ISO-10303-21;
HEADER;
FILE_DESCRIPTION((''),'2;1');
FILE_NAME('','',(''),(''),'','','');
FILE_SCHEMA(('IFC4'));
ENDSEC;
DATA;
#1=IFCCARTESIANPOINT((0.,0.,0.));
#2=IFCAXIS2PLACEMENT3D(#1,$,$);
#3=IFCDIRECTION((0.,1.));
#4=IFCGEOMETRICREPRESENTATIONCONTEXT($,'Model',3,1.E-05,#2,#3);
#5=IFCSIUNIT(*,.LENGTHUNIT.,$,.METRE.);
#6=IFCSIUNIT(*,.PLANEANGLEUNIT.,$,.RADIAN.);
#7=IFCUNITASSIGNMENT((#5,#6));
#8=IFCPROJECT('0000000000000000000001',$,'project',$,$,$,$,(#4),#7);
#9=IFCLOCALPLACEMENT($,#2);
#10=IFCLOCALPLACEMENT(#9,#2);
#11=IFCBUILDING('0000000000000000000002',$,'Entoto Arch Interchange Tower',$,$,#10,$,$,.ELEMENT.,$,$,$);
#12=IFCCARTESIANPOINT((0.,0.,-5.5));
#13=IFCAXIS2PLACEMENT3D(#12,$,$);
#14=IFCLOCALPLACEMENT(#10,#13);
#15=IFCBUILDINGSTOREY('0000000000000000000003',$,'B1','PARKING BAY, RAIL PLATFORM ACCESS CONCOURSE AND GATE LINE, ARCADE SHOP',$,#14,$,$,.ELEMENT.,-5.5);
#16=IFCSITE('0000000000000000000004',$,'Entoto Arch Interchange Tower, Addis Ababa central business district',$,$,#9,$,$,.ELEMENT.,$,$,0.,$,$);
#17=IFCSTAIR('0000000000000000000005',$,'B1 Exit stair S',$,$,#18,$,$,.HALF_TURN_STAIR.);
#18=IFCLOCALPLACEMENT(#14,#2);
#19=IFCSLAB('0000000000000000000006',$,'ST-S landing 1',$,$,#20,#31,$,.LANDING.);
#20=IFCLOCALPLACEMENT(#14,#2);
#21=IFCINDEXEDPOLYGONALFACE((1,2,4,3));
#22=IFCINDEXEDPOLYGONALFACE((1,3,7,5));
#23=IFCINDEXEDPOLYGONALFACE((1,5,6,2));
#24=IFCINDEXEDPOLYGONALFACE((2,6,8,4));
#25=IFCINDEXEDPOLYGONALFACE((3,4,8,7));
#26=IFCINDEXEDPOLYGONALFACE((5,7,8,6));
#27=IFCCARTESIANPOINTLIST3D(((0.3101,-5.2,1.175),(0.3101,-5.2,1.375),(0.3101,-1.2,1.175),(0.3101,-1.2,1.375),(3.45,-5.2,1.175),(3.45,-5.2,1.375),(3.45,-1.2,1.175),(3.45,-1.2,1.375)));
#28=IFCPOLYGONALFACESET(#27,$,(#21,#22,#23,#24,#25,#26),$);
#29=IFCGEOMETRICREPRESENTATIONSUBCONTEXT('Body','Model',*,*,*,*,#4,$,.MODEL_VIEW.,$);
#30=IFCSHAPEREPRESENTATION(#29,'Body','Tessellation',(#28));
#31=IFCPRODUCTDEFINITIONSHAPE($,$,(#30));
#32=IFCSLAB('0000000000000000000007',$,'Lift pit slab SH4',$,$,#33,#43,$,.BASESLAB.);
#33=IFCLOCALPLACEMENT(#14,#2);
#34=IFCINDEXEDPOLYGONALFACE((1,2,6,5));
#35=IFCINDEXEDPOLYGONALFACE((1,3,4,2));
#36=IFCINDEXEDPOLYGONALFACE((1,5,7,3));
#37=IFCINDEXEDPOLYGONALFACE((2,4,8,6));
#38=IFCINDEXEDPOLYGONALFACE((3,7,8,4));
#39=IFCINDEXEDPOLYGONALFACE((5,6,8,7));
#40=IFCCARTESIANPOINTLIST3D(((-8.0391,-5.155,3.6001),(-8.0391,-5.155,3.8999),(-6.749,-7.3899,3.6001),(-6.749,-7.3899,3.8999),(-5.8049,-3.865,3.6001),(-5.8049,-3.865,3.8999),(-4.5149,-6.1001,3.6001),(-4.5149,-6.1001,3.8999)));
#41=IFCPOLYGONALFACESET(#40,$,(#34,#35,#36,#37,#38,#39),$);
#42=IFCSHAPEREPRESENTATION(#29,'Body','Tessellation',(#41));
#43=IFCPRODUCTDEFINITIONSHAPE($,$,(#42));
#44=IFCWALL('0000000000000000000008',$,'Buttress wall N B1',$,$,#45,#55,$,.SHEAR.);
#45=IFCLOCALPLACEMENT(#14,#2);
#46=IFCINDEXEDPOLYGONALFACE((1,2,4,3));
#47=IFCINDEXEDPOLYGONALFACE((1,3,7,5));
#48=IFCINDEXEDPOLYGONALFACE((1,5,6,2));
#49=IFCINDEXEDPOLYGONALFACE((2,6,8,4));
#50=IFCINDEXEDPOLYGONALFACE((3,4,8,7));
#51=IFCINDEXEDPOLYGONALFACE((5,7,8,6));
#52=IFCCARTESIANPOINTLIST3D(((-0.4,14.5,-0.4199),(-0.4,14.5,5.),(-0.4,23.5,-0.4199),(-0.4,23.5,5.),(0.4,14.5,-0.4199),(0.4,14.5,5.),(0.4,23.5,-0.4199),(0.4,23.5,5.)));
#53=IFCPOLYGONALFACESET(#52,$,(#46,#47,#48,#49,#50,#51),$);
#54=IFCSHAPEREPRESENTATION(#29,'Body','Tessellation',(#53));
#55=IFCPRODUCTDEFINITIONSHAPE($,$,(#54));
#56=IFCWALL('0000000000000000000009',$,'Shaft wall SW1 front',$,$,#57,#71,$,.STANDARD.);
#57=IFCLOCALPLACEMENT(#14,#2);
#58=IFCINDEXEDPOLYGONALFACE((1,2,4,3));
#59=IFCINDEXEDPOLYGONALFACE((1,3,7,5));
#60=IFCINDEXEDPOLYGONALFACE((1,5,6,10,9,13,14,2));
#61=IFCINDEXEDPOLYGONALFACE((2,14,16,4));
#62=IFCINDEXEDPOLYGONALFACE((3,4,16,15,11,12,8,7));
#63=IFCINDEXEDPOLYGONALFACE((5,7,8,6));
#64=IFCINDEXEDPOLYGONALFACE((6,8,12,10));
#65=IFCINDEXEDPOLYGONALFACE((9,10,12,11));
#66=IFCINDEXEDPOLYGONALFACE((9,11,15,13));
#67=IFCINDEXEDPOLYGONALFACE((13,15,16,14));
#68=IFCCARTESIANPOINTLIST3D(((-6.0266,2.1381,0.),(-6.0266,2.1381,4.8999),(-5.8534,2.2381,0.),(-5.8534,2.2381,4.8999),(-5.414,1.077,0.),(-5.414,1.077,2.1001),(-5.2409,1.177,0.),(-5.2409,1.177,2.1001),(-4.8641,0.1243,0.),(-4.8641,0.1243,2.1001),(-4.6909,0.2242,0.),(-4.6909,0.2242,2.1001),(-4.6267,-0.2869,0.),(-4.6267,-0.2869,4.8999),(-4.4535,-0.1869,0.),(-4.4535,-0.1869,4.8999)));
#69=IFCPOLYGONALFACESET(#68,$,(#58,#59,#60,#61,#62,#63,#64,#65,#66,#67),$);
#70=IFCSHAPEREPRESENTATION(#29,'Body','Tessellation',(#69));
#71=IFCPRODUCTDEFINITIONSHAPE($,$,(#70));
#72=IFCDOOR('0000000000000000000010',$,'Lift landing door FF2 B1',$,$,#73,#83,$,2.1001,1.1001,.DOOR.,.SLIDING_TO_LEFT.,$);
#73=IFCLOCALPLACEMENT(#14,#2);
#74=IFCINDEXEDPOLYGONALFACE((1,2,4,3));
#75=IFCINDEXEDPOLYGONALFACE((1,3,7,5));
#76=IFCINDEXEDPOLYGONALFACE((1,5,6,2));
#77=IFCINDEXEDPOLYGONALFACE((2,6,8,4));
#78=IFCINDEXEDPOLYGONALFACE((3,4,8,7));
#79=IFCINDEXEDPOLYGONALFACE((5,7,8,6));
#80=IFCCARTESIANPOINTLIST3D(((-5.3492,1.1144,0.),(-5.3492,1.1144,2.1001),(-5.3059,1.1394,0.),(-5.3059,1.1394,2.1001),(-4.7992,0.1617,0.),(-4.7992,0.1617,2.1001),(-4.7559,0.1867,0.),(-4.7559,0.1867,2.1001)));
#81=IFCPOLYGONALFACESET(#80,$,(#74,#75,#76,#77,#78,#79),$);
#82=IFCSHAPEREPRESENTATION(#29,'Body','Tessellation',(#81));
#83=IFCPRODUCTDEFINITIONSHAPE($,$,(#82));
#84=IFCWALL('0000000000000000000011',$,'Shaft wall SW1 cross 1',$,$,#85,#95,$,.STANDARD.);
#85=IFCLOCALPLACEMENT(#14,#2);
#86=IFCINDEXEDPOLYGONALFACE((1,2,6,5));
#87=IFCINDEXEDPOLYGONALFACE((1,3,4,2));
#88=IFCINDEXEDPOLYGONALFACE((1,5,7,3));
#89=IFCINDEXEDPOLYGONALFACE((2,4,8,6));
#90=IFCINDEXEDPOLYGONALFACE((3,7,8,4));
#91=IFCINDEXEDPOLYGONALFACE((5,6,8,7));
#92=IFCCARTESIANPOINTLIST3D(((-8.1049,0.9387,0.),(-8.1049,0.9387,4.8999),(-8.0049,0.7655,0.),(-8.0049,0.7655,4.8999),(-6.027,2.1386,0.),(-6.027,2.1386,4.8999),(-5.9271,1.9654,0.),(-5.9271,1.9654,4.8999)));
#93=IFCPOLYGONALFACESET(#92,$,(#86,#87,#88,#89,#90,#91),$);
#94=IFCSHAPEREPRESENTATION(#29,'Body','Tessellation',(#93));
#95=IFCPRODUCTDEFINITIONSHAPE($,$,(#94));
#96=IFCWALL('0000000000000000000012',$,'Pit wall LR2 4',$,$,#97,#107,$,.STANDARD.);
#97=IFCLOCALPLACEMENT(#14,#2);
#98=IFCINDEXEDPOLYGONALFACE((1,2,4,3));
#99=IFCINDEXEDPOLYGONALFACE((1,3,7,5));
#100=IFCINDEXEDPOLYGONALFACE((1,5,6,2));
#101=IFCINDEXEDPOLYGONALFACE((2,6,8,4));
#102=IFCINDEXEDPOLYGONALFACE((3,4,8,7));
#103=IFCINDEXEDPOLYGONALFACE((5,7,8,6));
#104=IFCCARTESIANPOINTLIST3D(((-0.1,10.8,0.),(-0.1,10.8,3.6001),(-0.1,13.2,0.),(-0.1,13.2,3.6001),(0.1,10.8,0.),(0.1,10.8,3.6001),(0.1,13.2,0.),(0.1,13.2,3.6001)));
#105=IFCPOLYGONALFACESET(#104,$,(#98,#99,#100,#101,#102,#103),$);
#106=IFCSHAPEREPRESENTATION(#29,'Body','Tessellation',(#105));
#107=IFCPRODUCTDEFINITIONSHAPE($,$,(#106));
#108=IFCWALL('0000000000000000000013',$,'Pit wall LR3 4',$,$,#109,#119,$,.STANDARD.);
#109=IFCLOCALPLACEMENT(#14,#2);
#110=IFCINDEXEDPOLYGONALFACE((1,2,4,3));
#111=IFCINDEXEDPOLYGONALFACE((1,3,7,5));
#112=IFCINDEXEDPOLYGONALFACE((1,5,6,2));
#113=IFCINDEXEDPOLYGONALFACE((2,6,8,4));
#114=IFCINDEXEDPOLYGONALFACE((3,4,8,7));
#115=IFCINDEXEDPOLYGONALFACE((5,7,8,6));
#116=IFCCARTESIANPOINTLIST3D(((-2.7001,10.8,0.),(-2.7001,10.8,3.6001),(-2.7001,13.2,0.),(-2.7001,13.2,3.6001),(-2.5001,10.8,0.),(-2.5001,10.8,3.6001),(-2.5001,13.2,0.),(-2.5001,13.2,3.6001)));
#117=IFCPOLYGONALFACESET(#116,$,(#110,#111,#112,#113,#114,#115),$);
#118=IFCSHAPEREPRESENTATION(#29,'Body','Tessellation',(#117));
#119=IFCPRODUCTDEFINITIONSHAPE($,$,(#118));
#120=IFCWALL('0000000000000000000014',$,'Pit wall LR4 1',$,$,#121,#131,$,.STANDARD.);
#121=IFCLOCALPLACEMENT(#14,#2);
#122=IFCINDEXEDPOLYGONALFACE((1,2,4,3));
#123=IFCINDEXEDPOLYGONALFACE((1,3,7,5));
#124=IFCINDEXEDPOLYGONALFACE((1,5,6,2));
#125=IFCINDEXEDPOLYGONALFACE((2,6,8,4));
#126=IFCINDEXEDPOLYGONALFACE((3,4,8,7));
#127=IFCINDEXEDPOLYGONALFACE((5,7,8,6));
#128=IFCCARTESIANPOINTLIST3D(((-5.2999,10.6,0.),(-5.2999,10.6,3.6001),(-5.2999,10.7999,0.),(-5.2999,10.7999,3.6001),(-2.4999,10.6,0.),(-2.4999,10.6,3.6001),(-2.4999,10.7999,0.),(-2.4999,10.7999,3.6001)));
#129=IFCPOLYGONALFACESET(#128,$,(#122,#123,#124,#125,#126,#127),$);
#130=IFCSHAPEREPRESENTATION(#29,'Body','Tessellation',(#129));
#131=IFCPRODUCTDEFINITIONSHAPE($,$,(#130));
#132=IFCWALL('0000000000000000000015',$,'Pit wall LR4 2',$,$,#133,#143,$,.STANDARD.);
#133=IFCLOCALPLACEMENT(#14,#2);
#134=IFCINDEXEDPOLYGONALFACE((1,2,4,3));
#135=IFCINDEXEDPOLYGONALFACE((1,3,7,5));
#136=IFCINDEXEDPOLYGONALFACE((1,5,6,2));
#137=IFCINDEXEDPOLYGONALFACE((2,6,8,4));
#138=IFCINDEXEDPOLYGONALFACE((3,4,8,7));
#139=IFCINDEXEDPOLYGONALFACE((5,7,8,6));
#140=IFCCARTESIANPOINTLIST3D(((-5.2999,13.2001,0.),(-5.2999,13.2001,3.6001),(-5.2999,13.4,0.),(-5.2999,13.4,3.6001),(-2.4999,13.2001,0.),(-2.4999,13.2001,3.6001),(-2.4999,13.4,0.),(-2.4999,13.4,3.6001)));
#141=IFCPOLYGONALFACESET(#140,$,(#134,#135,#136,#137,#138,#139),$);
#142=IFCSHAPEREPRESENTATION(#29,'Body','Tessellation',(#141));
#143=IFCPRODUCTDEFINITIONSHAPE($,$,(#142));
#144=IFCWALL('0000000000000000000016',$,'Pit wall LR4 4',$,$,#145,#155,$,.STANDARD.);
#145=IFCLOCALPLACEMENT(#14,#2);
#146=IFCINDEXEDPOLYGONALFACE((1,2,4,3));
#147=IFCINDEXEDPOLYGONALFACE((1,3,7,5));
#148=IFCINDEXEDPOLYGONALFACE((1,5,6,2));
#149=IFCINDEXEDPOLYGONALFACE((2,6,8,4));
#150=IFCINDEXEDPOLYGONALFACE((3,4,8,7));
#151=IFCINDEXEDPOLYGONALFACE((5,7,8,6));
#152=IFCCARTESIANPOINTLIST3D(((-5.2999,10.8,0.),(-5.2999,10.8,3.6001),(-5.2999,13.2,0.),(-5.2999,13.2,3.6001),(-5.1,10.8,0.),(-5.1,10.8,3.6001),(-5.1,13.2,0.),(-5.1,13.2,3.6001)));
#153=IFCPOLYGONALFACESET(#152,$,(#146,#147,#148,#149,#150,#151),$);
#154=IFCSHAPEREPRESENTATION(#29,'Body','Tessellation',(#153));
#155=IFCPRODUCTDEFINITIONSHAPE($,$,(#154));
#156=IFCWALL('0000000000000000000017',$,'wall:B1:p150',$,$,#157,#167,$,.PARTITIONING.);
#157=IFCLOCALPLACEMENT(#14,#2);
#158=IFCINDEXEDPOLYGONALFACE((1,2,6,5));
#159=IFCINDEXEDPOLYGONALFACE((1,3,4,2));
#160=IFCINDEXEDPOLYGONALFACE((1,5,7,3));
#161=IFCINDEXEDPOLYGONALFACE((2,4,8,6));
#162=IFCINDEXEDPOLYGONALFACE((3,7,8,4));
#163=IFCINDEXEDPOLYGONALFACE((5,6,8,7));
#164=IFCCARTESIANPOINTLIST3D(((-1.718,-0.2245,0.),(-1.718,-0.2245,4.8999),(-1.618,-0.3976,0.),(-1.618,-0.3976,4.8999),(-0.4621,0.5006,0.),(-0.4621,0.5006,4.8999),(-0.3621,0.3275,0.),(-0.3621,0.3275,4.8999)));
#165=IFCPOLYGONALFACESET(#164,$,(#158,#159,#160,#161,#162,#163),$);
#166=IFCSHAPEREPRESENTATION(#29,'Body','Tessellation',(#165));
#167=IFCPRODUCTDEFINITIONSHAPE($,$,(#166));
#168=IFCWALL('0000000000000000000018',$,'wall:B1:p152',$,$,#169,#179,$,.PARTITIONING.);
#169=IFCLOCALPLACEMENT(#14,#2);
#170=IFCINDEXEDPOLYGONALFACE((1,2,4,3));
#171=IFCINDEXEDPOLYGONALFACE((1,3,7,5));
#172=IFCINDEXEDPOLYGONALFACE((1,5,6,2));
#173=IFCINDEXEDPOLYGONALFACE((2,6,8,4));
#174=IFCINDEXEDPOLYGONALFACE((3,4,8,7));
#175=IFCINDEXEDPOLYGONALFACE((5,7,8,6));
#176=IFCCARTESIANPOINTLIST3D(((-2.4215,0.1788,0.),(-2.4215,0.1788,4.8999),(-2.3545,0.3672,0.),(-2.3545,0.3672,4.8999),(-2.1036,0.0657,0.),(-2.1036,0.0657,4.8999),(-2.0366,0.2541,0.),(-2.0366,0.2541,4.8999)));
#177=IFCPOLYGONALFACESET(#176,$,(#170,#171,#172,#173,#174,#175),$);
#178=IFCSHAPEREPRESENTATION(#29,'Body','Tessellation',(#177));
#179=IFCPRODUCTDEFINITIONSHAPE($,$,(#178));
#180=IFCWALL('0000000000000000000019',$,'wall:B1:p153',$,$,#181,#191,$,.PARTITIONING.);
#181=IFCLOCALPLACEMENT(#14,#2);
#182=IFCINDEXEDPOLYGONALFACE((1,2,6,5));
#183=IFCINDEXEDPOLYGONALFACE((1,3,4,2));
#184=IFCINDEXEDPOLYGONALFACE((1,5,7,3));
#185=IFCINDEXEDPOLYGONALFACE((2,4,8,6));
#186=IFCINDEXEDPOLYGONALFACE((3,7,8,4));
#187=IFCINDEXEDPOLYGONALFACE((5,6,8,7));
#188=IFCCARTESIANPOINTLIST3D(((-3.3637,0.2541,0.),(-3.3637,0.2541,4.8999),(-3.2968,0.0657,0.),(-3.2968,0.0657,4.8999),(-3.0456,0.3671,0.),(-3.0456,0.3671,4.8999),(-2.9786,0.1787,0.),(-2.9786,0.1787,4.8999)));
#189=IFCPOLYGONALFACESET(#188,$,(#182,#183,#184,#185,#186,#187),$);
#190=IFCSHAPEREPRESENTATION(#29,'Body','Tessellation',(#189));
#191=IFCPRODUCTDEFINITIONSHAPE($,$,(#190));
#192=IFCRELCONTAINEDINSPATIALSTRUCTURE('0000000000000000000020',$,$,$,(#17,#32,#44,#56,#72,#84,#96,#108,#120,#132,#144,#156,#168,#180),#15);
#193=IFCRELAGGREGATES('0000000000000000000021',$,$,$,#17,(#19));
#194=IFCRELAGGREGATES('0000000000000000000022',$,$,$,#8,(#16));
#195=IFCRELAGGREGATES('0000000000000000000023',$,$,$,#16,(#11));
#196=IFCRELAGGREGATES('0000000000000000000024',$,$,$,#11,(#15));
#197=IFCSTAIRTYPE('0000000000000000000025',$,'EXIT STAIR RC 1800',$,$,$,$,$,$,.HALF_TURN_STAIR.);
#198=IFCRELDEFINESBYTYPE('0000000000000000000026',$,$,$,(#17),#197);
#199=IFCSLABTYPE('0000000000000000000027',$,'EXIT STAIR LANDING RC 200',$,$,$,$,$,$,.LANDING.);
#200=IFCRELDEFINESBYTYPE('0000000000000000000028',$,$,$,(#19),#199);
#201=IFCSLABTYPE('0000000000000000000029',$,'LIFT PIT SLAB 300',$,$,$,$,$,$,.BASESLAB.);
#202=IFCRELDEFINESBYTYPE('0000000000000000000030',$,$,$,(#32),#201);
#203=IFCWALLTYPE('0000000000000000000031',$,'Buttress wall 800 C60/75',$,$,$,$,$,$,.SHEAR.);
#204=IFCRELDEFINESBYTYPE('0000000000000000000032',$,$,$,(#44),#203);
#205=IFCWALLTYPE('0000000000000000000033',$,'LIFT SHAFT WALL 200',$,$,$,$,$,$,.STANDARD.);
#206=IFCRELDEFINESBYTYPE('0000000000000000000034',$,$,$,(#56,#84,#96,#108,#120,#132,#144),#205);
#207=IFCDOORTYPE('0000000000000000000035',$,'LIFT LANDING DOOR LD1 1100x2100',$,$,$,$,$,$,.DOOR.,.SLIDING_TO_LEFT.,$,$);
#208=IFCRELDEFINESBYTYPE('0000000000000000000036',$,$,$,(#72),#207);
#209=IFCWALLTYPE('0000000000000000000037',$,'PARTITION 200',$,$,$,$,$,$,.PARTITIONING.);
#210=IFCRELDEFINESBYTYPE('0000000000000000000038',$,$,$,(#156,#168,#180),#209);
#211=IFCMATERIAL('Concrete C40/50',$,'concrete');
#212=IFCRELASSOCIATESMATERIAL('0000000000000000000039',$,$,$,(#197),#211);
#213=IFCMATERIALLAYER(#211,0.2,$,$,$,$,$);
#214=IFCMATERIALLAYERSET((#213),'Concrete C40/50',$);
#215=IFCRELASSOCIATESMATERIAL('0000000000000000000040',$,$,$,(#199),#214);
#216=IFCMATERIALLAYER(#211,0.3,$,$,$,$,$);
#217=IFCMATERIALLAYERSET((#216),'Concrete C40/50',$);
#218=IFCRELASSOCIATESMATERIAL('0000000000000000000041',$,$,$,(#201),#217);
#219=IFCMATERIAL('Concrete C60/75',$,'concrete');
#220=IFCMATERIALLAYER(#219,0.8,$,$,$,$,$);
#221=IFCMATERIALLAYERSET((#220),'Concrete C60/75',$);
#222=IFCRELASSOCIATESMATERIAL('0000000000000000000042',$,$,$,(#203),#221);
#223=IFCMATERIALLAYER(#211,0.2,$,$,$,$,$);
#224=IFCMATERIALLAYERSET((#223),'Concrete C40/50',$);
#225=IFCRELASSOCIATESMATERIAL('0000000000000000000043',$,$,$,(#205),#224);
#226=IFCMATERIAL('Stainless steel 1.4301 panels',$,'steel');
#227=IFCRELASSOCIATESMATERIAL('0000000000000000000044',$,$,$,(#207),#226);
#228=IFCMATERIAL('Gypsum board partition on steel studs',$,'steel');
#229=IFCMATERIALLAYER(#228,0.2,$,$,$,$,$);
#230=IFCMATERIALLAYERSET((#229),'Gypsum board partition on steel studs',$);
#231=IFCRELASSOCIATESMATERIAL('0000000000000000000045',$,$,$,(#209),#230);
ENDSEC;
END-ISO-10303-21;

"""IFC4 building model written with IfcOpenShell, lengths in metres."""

from ifc_helpers import new_model, si_unit, direction, frame, frame_2d, origin, place, context, subcontext, project, spatial, polyline, rectangle, outline, extrude, material, layer, layer_set, type_object, element, fill, aggregate, save


model = new_model("IFC4")

# Units and contexts
model_context = context("Model", 3, precision=1e-05, world=origin(), true_north=direction((0.0, 1.0)))
body_context = subcontext(model_context, "Body", "Model", "MODEL_VIEW")
ifc_project = project(units=[si_unit("LENGTHUNIT", "METRE"), si_unit("PLANEANGLEUNIT", "RADIAN")], contexts=[model_context])

# Site, building, storey
site_placement = place(None, origin())
site = spatial("IfcSite", under=ifc_project, at=site_placement, Name="Entoto Arch Interchange Tower, Addis Ababa central business district", CompositionType="ELEMENT", RefElevation=0.0)
building_placement = place(site_placement, origin())
building = spatial("IfcBuilding", under=site, at=building_placement, Name="Entoto Arch Interchange Tower", CompositionType="ELEMENT")
storey_placement = place(building_placement, frame((0.0, 0.0, -5.5)))
storey = spatial("IfcBuildingStorey", under=building, at=storey_placement, Name="B1", Description="PARKING BAY, RAIL PLATFORM ACCESS CONCOURSE AND GATE LINE, ARCADE SHOP", CompositionType="ELEMENT", Elevation=-5.5)

# Stair, slab
ifc_material_1 = material(Name="Concrete C40/50", Category="concrete")
stair_type = type_object("IfcStairType", Name="EXIT STAIR RC 1800", PredefinedType="HALF_TURN_STAIR", material=ifc_material_1)
stair_placement = place(storey_placement, origin())
stair = element("IfcStair", 1, at=stair_placement, inside=storey, type_object=stair_type, Name="B1 Exit stair S", PredefinedType="HALF_TURN_STAIR")
ifc_layer_1 = layer(ifc_material_1, 0.2)
ifc_layer_set_1 = layer_set([ifc_layer_1], Name="Concrete C40/50")
slab_type_1 = type_object("IfcSlabType", Name="EXIT STAIR LANDING RC 200", PredefinedType="LANDING", material=ifc_layer_set_1)
slab_1_placement = place(storey_placement, frame((0.0, 0.0, 1.175)))
slab_1 = element("IfcSlab", 2, at=slab_1_placement, type_object=slab_type_1, Name="ST-S landing 1", PredefinedType="LANDING", context=body_context, shape_type="SweptSolid", body=[
    extrude(outline(polyline([(0.3101, -5.2), (3.45, -5.2), (3.45, -1.2), (0.3101, -1.2), (0.3101, -5.2)])), origin(), (0.0, 0.0, 1.0), 0.2),
])
aggregate(stair, [slab_1])

# Slab
ifc_layer_2 = layer(ifc_material_1, 0.3)
ifc_layer_set_2 = layer_set([ifc_layer_2], Name="Concrete C40/50")
slab_type_2 = type_object("IfcSlabType", Name="LIFT PIT SLAB 300", PredefinedType="BASESLAB", material=ifc_layer_set_2)
slab_2_placement = place(storey_placement, frame((0.0, 0.0, 3.6001)))
element("IfcSlab", 3, at=slab_2_placement, inside=storey, type_object=slab_type_2, Name="Lift pit slab SH4", PredefinedType="BASESLAB", context=body_context, shape_type="SweptSolid", body=[
    extrude(outline(polyline([(-5.8049, -3.865), (-4.5149, -6.1001), (-6.749, -7.3899), (-8.0391, -5.155), (-5.8049, -3.865)])), origin(), (0.0, 0.0, 1.0), 0.2998),
])

# Wall
ifc_material_2 = material(Name="Concrete C60/75", Category="concrete")
ifc_layer_3 = layer(ifc_material_2, 0.8)
ifc_layer_set_3 = layer_set([ifc_layer_3], Name="Concrete C60/75")
wall_type_1 = type_object("IfcWallType", Name="Buttress wall 800 C60/75", PredefinedType="SHEAR", material=ifc_layer_set_3)
wall_1_placement = place(storey_placement, frame((0.0, 14.5, -0.4199), z_axis=(0.0, 0.0, 1.0), x_axis=(0.0, 1.0, 0.0)))
element("IfcWall", 4, at=wall_1_placement, inside=storey, type_object=wall_type_1, Name="Buttress wall N B1", PredefinedType="SHEAR", context=body_context, shape_type="SweptSolid", body=[
    extrude(rectangle(XDim=9.0, YDim=0.8, at=frame_2d((4.5, 0.0))), origin(), (0.0, 0.0, 1.0), 5.4199),
])

# Wall, opening, door
ifc_layer_4 = layer(ifc_material_1, 0.2)
ifc_layer_set_4 = layer_set([ifc_layer_4], Name="Concrete C40/50")
wall_type_2 = type_object("IfcWallType", Name="LIFT SHAFT WALL 200", PredefinedType="STANDARD", material=ifc_layer_set_4)
wall_2_placement = place(storey_placement, frame((-5.9399, 2.188, 0.0), z_axis=(0.0, 0.0, 1.0), x_axis=(0.499946, -0.866056, 0.0)))
wall_2 = element("IfcWall", 5, at=wall_2_placement, inside=storey, type_object=wall_type_2, Name="Shaft wall SW1 front", PredefinedType="STANDARD", context=body_context, shape_type="SweptSolid", body=[
    extrude(rectangle(XDim=2.8, YDim=0.2, at=frame_2d((1.3999, 0.0))), origin(), (0.0, 0.0, 1.0), 4.8999),
])
opening_1_placement = place(wall_2_placement, frame((1.2251, 0.0, 0.0)))
opening_1 = element("IfcOpeningElement", 6, at=opening_1_placement, cuts=wall_2, PredefinedType="OPENING", context=body_context, shape_type="SweptSolid", body=[
    extrude(rectangle(XDim=1.1001, YDim=2.1001, at=frame_2d((0.55, 1.05))), frame((0.0, 0.1099, 0.0), z_axis=(0.0, -1.0, 0.0), x_axis=(1.0, 0.0, 0.0)), (0.0, 0.0, 1.0), 0.22),
])
ifc_material_3 = material(Name="Stainless steel 1.4301 panels", Category="steel")
door_type_1 = type_object("IfcDoorType", Name="LIFT LANDING DOOR LD1 1100x2100", OperationType="SLIDING_TO_LEFT", PredefinedType="DOOR", material=ifc_material_3)
door_1_placement = place(opening_1_placement, origin())
door_1 = element("IfcDoor", 7, at=door_1_placement, inside=storey, type_object=door_type_1, Name="Lift landing door FF2 B1", OperationType="SLIDING_TO_LEFT", OverallHeight=2.1001, OverallWidth=1.1001, PredefinedType="DOOR", context=body_context, shape_type="SweptSolid", body=[
    extrude(rectangle(XDim=1.1001, YDim=2.1001, at=frame_2d((0.55, 1.05))), frame((0.0, 0.0249, 0.0), z_axis=(0.0, -1.0, 0.0), x_axis=(1.0, 0.0, 0.0)), (0.0, 0.0, 1.0), 0.05),
])
fill(opening_1, door_1)

# Walls
wall_3_placement = place(storey_placement, frame((-5.9771, 2.052, 0.0), z_axis=(0.0, 0.0, 1.0), x_axis=(-0.865974, -0.500089, 0.0)))
element("IfcWall", 8, at=wall_3_placement, inside=storey, type_object=wall_type_2, Name="Shaft wall SW1 cross 1", PredefinedType="STANDARD", context=body_context, shape_type="SweptSolid", body=[
    extrude(rectangle(XDim=2.3994, YDim=0.2, at=frame_2d((1.1997, 0.0))), origin(), (0.0, 0.0, 1.0), 4.8999),
])
for number, where, z_axis, x_axis, name in (
    (9, (0.0, 10.8, 0.0), (0.0, 0.0, 1.0), (0.0, 1.0, 0.0), "Pit wall LR2 4"),
    (10, (-2.6001, 10.8, 0.0), (0.0, 0.0, 1.0), (0.0, 1.0, 0.0), "Pit wall LR3 4"),
):
    element("IfcWall", number, at=place(storey_placement, frame(where, z_axis=z_axis, x_axis=x_axis)), inside=storey, type_object=wall_type_2, Name=name, PredefinedType="STANDARD", context=body_context, shape_type="SweptSolid", body=[
        extrude(rectangle(XDim=2.3999, YDim=0.2, at=frame_2d((1.2, 0.0))), origin(), (0.0, 0.0, 1.0), 3.6001),
    ])
for number, where, z_axis, x_axis, name in (
    (11, (-2.5, 10.7, 0.0), (0.0, 0.0, 1.0), (-1.0, 0.0, 0.0), "Pit wall LR4 1"),
    (12, (-2.5, 13.3, 0.0), (0.0, 0.0, 1.0), (-1.0, 0.0, 0.0), "Pit wall LR4 2"),
):
    element("IfcWall", number, at=place(storey_placement, frame(where, z_axis=z_axis, x_axis=x_axis)), inside=storey, type_object=wall_type_2, Name=name, PredefinedType="STANDARD", context=body_context, shape_type="SweptSolid", body=[
        extrude(rectangle(XDim=2.8, YDim=0.2, at=frame_2d((1.3999, 0.0))), origin(), (0.0, 0.0, 1.0), 3.6001),
    ])
wall_4_placement = place(storey_placement, frame((-5.2, 10.8, 0.0), z_axis=(0.0, 0.0, 1.0), x_axis=(0.0, 1.0, 0.0)))
element("IfcWall", 13, at=wall_4_placement, inside=storey, type_object=wall_type_2, Name="Pit wall LR4 4", PredefinedType="STANDARD", context=body_context, shape_type="SweptSolid", body=[
    extrude(rectangle(XDim=2.3999, YDim=0.2, at=frame_2d((1.2, 0.0))), origin(), (0.0, 0.0, 1.0), 3.6001),
])
ifc_material_4 = material(Name="Gypsum board partition on steel studs", Category="steel")
ifc_layer_5 = layer(ifc_material_4, 0.2)
ifc_layer_set_5 = layer_set([ifc_layer_5], Name="Gypsum board partition on steel studs")
wall_type_3 = type_object("IfcWallType", Name="PARTITION 200", PredefinedType="PARTITIONING", material=ifc_layer_set_5)
wall_5_placement = place(storey_placement, frame((-0.4121, 0.4141, 0.0), z_axis=(0.0, 0.0, 1.0), x_axis=(-0.866017, -0.500014, 0.0)))
element("IfcWall", 14, at=wall_5_placement, inside=storey, type_object=wall_type_3, Name="wall:B1:p150", PredefinedType="PARTITIONING", context=body_context, shape_type="SweptSolid", body=[
    extrude(rectangle(XDim=1.4502, YDim=0.2, at=frame_2d((0.7251, 0.0))), origin(), (0.0, 0.0, 1.0), 4.8999),
])
wall_6_placement = place(storey_placement, frame((-2.0701, 0.1599, 0.0), z_axis=(0.0, 0.0, 1.0), x_axis=(-0.942199, 0.335052, 0.0)))
element("IfcWall", 15, at=wall_6_placement, inside=storey, type_object=wall_type_3, Name="wall:B1:p152", PredefinedType="PARTITIONING", context=body_context, shape_type="SweptSolid", body=[
    extrude(rectangle(XDim=0.3374, YDim=0.2, at=frame_2d((0.1687, 0.0))), origin(), (0.0, 0.0, 1.0), 4.8999),
])
wall_7_placement = place(storey_placement, frame((-3.012, 0.2729, 0.0), z_axis=(0.0, 0.0, 1.0), x_axis=(-0.942281, -0.334824, 0.0)))
element("IfcWall", 16, at=wall_7_placement, inside=storey, type_object=wall_type_3, Name="wall:B1:p153", PredefinedType="PARTITIONING", context=body_context, shape_type="SweptSolid", body=[
    extrude(rectangle(XDim=0.3376, YDim=0.2, at=frame_2d((0.1689, 0.0))), origin(), (0.0, 0.0, 1.0), 4.8999),
])

save(model, "model.ifc")
